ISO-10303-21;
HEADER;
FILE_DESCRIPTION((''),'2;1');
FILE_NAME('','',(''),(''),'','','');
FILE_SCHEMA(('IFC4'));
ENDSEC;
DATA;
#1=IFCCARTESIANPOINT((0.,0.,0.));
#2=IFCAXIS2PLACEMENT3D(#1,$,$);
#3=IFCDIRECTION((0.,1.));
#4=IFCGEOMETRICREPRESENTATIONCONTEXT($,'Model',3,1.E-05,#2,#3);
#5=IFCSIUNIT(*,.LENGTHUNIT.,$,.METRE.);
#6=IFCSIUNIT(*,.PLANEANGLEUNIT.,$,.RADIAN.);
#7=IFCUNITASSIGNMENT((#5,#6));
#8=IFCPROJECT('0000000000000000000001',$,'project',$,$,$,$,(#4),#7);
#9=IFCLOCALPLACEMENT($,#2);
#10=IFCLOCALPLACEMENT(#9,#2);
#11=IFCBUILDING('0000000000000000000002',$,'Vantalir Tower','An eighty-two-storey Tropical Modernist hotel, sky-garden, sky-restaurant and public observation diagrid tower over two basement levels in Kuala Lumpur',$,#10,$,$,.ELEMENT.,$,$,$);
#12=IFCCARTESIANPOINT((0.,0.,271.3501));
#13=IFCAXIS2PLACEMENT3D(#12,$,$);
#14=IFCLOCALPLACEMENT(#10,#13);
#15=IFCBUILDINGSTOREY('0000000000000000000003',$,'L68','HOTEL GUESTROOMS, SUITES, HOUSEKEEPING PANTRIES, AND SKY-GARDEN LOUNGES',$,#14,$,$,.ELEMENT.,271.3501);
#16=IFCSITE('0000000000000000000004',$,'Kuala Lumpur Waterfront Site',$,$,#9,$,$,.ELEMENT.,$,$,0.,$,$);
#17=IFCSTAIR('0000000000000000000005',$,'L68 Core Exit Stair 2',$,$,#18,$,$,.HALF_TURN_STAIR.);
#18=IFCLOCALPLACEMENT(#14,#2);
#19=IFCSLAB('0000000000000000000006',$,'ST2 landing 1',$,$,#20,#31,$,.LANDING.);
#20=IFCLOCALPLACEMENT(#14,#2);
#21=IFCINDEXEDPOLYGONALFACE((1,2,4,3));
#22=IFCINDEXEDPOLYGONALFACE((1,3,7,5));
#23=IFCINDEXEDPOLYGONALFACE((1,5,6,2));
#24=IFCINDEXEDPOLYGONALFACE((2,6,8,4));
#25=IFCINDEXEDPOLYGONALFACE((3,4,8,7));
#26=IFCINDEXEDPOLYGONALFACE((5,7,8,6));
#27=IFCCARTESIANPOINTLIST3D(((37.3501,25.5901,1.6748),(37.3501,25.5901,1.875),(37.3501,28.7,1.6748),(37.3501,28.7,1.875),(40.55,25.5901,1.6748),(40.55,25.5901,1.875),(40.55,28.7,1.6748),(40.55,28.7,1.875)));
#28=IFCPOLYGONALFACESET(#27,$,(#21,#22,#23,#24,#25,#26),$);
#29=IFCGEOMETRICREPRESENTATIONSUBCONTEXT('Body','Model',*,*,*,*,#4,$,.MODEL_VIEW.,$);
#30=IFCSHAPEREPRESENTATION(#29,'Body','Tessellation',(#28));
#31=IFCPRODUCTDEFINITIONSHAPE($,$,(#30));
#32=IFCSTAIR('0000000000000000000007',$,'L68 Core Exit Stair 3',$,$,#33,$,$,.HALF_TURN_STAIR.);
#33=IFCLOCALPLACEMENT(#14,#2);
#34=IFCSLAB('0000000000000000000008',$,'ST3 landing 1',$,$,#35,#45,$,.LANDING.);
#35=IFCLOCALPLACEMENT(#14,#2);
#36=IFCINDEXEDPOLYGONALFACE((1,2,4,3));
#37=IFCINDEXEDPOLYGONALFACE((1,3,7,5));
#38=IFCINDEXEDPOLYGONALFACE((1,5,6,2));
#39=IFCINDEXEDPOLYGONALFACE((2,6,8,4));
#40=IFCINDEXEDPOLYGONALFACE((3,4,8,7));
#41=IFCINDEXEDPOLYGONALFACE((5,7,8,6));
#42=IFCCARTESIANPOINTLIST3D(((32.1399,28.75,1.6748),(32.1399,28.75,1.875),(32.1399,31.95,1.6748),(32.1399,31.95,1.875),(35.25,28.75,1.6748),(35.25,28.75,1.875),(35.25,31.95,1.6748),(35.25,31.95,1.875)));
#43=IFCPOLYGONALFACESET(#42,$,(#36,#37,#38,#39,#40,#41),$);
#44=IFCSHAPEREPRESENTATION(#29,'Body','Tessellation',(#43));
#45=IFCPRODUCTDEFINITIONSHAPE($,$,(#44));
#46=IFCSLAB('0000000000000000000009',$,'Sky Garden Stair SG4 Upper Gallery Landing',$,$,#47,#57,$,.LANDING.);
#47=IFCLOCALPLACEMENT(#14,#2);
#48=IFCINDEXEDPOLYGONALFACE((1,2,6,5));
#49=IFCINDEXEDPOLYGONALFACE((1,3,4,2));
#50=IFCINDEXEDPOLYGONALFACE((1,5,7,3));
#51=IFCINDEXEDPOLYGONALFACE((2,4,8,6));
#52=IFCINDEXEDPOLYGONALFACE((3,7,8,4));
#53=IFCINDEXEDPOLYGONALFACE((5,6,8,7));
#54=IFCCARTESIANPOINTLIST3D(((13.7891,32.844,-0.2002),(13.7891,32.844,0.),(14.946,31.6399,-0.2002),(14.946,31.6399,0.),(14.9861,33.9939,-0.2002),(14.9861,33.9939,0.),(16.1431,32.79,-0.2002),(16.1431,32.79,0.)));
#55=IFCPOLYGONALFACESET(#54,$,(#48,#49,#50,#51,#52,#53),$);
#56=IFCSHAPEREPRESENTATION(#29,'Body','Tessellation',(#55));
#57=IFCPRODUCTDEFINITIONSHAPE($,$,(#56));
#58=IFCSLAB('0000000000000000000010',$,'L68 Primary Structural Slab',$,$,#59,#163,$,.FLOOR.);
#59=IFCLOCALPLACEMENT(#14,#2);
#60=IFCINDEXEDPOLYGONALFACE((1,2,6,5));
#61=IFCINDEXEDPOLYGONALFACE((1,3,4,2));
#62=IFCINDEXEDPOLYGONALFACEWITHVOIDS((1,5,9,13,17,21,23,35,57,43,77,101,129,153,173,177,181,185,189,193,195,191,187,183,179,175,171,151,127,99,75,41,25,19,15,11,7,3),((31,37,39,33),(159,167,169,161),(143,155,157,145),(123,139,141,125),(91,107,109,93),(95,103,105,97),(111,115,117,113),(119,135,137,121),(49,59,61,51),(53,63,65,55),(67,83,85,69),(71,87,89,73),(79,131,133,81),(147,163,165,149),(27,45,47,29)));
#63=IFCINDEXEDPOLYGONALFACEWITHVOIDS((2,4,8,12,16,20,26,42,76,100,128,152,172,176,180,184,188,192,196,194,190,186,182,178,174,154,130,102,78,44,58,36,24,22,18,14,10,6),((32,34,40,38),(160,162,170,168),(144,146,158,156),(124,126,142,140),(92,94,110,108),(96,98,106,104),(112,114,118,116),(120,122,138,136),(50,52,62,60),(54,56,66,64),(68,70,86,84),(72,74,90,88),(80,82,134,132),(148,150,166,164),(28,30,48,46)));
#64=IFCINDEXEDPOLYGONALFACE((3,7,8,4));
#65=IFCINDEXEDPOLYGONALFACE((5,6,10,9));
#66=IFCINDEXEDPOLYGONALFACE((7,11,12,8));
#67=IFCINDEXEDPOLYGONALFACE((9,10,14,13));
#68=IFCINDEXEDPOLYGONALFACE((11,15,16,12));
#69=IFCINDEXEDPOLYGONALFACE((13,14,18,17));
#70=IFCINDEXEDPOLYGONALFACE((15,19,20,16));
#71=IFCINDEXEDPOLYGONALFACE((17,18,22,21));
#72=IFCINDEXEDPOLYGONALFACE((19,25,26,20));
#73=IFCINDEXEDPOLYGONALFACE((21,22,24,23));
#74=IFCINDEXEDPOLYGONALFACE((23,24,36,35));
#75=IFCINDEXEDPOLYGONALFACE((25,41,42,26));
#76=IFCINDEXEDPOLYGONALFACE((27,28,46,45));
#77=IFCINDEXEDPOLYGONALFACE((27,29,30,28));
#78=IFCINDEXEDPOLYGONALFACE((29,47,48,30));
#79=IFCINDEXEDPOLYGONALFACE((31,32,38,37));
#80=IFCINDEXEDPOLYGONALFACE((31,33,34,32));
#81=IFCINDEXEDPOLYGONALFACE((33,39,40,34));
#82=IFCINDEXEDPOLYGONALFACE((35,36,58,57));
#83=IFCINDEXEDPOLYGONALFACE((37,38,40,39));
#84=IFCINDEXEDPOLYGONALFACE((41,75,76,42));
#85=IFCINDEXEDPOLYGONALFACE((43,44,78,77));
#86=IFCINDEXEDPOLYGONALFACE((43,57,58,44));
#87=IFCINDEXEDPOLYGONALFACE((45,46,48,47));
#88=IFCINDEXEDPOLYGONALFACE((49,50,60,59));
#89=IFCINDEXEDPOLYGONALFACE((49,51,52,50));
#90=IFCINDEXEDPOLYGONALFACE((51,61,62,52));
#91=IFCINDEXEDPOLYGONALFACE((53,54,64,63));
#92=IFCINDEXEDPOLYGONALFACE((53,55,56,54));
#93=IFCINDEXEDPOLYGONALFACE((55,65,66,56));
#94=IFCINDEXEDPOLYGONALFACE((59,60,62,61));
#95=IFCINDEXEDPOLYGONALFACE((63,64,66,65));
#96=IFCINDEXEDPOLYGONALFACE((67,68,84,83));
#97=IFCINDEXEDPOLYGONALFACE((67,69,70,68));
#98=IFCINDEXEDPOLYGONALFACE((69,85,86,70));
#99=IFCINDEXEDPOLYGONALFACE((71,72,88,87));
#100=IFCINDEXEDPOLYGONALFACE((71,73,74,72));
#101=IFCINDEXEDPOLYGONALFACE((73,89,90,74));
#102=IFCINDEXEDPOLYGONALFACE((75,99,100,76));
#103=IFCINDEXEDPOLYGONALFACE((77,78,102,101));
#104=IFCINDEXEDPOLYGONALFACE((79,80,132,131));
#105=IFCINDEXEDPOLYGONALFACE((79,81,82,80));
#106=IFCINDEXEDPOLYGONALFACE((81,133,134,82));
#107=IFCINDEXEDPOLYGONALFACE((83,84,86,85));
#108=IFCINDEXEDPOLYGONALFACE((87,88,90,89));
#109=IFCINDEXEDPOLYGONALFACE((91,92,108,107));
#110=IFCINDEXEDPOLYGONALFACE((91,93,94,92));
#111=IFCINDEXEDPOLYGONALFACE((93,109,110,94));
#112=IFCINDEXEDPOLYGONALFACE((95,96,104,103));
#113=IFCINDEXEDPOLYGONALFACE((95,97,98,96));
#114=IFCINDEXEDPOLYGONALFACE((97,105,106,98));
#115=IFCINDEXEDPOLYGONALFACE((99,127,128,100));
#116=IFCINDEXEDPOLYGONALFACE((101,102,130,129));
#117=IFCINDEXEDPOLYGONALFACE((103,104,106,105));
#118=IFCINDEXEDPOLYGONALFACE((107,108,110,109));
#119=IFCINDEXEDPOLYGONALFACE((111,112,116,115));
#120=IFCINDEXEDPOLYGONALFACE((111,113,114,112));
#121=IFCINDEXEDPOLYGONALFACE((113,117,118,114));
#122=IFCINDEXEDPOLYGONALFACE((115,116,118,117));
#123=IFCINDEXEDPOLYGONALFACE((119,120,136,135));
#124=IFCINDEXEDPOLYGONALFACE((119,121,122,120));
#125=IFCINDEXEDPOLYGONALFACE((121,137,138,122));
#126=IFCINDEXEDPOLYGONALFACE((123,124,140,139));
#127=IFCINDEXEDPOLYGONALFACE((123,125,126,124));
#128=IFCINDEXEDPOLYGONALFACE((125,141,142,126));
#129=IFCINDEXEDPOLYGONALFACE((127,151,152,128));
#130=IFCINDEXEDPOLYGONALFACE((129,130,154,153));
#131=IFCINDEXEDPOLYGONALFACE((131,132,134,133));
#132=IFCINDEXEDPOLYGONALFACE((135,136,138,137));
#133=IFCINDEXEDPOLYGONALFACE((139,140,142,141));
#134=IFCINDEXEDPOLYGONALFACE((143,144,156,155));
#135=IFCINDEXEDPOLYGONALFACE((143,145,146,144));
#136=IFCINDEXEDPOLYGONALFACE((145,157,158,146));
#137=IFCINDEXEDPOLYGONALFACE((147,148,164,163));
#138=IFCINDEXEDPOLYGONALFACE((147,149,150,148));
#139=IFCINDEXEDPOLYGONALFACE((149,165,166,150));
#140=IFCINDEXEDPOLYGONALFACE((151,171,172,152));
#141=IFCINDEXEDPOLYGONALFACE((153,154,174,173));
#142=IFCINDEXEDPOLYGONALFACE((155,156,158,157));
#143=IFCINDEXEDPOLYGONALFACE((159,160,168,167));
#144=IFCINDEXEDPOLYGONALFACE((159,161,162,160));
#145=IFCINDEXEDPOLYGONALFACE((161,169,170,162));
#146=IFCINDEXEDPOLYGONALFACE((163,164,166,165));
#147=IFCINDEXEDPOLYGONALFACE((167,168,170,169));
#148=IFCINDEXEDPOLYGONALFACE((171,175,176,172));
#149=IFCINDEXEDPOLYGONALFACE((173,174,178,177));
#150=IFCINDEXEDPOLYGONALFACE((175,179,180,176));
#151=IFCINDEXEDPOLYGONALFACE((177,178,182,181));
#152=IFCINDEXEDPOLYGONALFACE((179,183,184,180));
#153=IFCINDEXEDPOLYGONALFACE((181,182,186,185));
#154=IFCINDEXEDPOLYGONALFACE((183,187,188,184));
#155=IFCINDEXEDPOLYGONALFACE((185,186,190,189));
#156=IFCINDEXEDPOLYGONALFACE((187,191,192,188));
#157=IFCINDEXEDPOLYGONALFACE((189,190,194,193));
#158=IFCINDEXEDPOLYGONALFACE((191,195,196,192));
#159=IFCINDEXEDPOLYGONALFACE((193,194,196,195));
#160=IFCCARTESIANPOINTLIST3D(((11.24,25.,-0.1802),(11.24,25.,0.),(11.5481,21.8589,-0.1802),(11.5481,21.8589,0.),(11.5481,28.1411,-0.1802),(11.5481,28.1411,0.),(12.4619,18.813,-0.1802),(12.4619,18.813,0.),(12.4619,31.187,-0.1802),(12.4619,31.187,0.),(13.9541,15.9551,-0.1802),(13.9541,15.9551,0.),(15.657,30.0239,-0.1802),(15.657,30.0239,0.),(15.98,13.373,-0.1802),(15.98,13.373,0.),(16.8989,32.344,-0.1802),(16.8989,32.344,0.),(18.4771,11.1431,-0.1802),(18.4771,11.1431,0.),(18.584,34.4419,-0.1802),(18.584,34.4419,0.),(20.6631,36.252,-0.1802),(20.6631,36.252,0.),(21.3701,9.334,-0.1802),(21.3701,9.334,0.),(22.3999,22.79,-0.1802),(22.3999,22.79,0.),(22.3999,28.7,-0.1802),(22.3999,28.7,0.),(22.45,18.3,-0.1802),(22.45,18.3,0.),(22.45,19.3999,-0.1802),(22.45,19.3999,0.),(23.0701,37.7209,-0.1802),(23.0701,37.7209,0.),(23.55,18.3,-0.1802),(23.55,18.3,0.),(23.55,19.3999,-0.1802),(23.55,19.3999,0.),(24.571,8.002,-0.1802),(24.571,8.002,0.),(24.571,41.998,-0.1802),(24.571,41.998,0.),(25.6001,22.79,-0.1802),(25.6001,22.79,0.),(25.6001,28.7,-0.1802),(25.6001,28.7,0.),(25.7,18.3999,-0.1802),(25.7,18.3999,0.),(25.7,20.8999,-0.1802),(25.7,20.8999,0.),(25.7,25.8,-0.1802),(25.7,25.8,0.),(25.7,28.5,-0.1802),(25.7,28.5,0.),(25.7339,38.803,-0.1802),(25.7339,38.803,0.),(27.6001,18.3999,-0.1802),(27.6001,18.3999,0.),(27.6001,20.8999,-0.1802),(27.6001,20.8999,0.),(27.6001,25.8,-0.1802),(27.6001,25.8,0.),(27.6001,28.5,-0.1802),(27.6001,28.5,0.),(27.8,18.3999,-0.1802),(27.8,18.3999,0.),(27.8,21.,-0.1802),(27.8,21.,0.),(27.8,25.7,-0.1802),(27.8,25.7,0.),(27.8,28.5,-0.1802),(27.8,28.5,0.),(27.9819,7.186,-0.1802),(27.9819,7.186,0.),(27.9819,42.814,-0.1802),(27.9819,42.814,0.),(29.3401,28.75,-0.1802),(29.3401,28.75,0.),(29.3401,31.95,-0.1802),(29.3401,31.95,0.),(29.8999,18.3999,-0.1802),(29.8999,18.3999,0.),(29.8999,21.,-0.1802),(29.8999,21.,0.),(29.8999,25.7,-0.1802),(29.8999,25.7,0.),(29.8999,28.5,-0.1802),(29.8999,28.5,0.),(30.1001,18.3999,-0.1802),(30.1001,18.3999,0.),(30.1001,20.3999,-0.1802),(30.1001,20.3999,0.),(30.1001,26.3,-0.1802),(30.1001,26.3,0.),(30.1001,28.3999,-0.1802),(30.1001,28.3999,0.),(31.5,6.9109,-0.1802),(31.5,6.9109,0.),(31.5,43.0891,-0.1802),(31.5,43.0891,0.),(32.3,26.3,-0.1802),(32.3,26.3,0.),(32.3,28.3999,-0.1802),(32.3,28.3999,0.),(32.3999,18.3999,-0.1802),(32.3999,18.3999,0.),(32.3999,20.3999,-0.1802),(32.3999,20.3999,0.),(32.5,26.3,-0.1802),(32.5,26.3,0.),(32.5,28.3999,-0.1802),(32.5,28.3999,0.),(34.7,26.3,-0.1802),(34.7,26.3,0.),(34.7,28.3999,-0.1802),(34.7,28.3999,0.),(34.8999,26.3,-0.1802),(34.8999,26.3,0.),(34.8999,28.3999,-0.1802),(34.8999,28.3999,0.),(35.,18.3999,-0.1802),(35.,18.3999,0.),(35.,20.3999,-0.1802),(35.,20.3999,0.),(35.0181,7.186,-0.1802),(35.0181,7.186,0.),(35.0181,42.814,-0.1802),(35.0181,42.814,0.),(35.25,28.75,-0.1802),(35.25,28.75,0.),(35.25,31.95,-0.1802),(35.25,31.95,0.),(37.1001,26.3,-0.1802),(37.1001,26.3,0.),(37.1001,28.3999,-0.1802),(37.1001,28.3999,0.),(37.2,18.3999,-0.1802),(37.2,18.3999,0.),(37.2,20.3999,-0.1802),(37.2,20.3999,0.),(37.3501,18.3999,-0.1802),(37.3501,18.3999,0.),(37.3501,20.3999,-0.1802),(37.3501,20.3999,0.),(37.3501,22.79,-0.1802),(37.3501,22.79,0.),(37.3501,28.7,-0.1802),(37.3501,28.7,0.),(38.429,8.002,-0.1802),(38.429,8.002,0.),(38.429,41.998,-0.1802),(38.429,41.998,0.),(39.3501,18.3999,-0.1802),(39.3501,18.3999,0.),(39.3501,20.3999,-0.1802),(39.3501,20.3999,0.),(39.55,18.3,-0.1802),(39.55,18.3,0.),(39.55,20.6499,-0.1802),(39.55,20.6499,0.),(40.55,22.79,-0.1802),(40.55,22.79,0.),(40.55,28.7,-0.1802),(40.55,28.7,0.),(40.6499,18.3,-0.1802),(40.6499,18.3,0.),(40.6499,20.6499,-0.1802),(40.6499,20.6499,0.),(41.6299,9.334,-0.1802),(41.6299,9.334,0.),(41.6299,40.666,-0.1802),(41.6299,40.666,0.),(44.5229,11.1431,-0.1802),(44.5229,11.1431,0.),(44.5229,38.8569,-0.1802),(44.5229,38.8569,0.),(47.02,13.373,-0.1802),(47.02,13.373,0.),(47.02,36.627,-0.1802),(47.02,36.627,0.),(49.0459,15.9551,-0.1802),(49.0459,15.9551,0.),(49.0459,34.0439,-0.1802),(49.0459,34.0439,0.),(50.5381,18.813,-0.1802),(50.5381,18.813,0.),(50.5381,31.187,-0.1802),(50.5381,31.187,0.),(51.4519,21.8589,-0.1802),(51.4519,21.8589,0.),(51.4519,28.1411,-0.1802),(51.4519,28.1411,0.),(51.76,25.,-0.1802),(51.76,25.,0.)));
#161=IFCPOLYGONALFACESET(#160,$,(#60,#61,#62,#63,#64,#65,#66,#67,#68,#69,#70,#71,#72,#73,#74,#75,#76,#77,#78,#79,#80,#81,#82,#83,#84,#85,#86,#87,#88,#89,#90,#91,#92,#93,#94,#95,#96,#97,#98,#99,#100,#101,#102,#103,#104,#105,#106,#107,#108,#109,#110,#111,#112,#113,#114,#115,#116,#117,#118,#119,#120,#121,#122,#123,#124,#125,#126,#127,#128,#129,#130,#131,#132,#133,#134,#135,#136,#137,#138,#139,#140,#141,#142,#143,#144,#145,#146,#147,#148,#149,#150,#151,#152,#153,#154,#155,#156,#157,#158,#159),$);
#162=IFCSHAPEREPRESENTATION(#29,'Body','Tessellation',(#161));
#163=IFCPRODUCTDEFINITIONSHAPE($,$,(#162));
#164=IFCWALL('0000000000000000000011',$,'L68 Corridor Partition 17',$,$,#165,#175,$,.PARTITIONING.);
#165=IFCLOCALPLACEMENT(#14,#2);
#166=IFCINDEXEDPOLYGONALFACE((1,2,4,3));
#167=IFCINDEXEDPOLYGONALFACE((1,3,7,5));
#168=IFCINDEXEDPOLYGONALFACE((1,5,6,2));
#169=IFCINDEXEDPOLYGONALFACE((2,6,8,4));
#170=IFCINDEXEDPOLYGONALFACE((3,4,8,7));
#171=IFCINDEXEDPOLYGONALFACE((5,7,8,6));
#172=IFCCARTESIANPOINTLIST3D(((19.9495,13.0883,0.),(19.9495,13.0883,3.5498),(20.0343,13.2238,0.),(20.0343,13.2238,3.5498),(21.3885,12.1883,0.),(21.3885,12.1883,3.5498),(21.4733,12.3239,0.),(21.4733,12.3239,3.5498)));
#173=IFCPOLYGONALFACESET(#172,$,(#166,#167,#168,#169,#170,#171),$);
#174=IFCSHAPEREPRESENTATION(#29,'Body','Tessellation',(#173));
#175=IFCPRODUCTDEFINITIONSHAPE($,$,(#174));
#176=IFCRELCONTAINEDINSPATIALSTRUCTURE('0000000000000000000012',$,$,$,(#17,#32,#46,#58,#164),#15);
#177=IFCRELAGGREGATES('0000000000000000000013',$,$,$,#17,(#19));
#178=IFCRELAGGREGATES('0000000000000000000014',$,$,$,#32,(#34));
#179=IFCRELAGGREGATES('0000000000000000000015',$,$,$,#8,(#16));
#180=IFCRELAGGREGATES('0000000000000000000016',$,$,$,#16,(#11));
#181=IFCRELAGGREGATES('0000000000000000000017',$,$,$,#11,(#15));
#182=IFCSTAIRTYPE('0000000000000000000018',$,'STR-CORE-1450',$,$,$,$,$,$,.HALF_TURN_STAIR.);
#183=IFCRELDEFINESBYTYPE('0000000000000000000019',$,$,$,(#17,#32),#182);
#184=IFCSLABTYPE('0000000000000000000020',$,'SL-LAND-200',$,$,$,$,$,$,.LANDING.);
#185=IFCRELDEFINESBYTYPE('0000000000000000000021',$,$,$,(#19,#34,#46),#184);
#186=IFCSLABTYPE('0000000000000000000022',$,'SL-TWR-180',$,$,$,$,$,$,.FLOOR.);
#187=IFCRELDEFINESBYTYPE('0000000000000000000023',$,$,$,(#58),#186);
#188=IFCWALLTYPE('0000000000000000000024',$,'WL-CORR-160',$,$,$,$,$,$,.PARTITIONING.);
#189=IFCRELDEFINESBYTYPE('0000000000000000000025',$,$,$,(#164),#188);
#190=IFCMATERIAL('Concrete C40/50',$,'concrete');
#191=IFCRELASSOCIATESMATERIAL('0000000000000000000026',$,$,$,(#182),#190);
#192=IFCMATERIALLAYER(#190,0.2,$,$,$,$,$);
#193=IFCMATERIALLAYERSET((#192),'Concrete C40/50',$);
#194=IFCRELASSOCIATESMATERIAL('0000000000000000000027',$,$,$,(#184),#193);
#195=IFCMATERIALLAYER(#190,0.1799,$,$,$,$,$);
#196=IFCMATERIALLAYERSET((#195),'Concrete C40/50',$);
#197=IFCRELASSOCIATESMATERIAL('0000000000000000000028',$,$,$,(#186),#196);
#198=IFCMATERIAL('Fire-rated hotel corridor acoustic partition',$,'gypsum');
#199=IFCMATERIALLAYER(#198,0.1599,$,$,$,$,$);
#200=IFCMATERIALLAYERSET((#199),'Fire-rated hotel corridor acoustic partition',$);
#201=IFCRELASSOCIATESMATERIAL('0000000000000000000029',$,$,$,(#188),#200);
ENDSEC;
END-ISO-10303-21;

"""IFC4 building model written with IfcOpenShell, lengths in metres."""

from ifc_helpers import new_model, si_unit, direction, frame, frame_2d, origin, place, context, subcontext, project, spatial, polyline, rectangle, outline, extrude, material, layer, layer_set, type_object, element, aggregate, save


model = new_model("IFC4")

# Units and contexts
model_context = context("Model", 3, precision=1e-05, world=origin(), true_north=direction((0.0, 1.0)))
body_context = subcontext(model_context, "Body", "Model", "MODEL_VIEW")
ifc_project = project(units=[si_unit("LENGTHUNIT", "METRE"), si_unit("PLANEANGLEUNIT", "RADIAN")], contexts=[model_context])

# Site, building, storey
site_placement = place(None, origin())
site = spatial("IfcSite", under=ifc_project, at=site_placement, Name="Kuala Lumpur Waterfront Site", CompositionType="ELEMENT", RefElevation=0.0)
building_placement = place(site_placement, origin())
building = spatial("IfcBuilding", under=site, at=building_placement, Name="Vantalir Tower", Description="An eighty-two-storey Tropical Modernist hotel, sky-garden, sky-restaurant and public observation diagrid tower over two basement levels in Kuala Lumpur", CompositionType="ELEMENT")
storey_placement = place(building_placement, frame((0.0, 0.0, 271.3501)))
storey = spatial("IfcBuildingStorey", under=building, at=storey_placement, Name="L68", Description="HOTEL GUESTROOMS, SUITES, HOUSEKEEPING PANTRIES, AND SKY-GARDEN LOUNGES", CompositionType="ELEMENT", Elevation=271.3501)

# Stairs, slabs
ifc_material_1 = material(Name="Concrete C40/50", Category="concrete")
stair_type = type_object("IfcStairType", Name="STR-CORE-1450", PredefinedType="HALF_TURN_STAIR", material=ifc_material_1)
ifc_layer_1 = layer(ifc_material_1, 0.2)
ifc_layer_set_1 = layer_set([ifc_layer_1], Name="Concrete C40/50")
slab_type_1 = type_object("IfcSlabType", Name="SL-LAND-200", PredefinedType="LANDING", material=ifc_layer_set_1)
stair_1_placement = place(storey_placement, origin())
stair_1 = element("IfcStair", 1, at=stair_1_placement, inside=storey, type_object=stair_type, Name="L68 Core Exit Stair 2", PredefinedType="HALF_TURN_STAIR")
slab_1_placement = place(storey_placement, frame((0.0, 0.0, 1.6748)))
slab_1 = element("IfcSlab", 2, at=slab_1_placement, type_object=slab_type_1, Name="ST2 landing 1", PredefinedType="LANDING", context=body_context, shape_type="SweptSolid", body=[
    extrude(outline(polyline([(40.55, 25.5901), (40.55, 28.7), (37.3501, 28.7), (37.3501, 25.5901), (40.55, 25.5901)])), origin(), (0.0, 0.0, 1.0), 0.2002),
])
aggregate(stair_1, [slab_1])
stair_2_placement = place(storey_placement, origin())
stair_2 = element("IfcStair", 3, at=stair_2_placement, inside=storey, type_object=stair_type, Name="L68 Core Exit Stair 3", PredefinedType="HALF_TURN_STAIR")
slab_2_placement = place(storey_placement, frame((0.0, 0.0, 1.6748)))
slab_2 = element("IfcSlab", 4, at=slab_2_placement, type_object=slab_type_1, Name="ST3 landing 1", PredefinedType="LANDING", context=body_context, shape_type="SweptSolid", body=[
    extrude(outline(polyline([(32.1399, 28.75), (35.25, 28.75), (35.25, 31.95), (32.1399, 31.95), (32.1399, 28.75)])), origin(), (0.0, 0.0, 1.0), 0.2002),
])
aggregate(stair_2, [slab_2])

# Slabs
slab_3_placement = place(storey_placement, frame((0.0, 0.0, -0.2002)))
element("IfcSlab", 5, at=slab_3_placement, inside=storey, type_object=slab_type_1, Name="Sky Garden Stair SG4 Upper Gallery Landing", PredefinedType="LANDING", context=body_context, shape_type="SweptSolid", body=[
    extrude(outline(polyline([(14.9861, 33.9939), (13.7891, 32.844), (14.946, 31.6399), (16.1431, 32.79), (14.9861, 33.9939)])), origin(), (0.0, 0.0, 1.0), 0.2002),
])
ifc_layer_2 = layer(ifc_material_1, 0.1799)
ifc_layer_set_2 = layer_set([ifc_layer_2], Name="Concrete C40/50")
slab_type_2 = type_object("IfcSlabType", Name="SL-TWR-180", PredefinedType="FLOOR", material=ifc_layer_set_2)
slab_4_placement = place(storey_placement, frame((0.0, 0.0, -0.1802)))
element("IfcSlab", 6, at=slab_4_placement, inside=storey, type_object=slab_type_2, Name="L68 Primary Structural Slab", PredefinedType="FLOOR", context=body_context, shape_type="SweptSolid", body=[
    extrude(outline(polyline([(15.98, 13.373), (18.4771, 11.1431), (21.3701, 9.334), (24.571, 8.002), (27.9819, 7.186), (31.5, 6.9109), (35.0181, 7.186), (38.429, 8.002), (41.6299, 9.334), (44.5229, 11.1431), (47.02, 13.373), (49.0459, 15.9551), (50.5381, 18.813), (51.4519, 21.8589), (51.76, 25.0), (51.4519, 28.1411), (50.5381, 31.187), (49.0459, 34.0439), (47.02, 36.627), (44.5229, 38.8569), (41.6299, 40.666), (38.429, 41.998), (35.0181, 42.814), (31.5, 43.0891), (27.9819, 42.814), (24.571, 41.998), (25.7339, 38.803), (23.0701, 37.7209), (20.6631, 36.252), (18.584, 34.4419), (16.8989, 32.344), (15.657, 30.0239), (12.4619, 31.187), (11.5481, 28.1411), (11.24, 25.0), (11.5481, 21.8589), (12.4619, 18.813), (13.9541, 15.9551), (15.98, 13.373)]), holes=[polyline([(22.3999, 28.7), (25.6001, 28.7), (25.6001, 22.79), (22.3999, 22.79), (22.3999, 28.7)]), polyline([(40.55, 28.7), (40.55, 22.79), (37.3501, 22.79), (37.3501, 28.7), (40.55, 28.7)]), polyline([(29.3401, 28.75), (29.3401, 31.95), (35.25, 31.95), (35.25, 28.75), (29.3401, 28.75)]), polyline([(25.7, 18.3999), (25.7, 20.8999), (27.6001, 20.8999), (27.6001, 18.3999), (25.7, 18.3999)]), polyline([(25.7, 28.5), (27.6001, 28.5), (27.6001, 25.8), (25.7, 25.8), (25.7, 28.5)]), polyline([(29.8999, 21.0), (29.8999, 18.3999), (27.8, 18.3999), (27.8, 21.0), (29.8999, 21.0)]), polyline([(29.8999, 25.7), (27.8, 25.7), (27.8, 28.5), (29.8999, 28.5), (29.8999, 25.7)]), polyline([(30.1001, 18.3999), (30.1001, 20.3999), (32.3999, 20.3999), (32.3999, 18.3999), (30.1001, 18.3999)]), polyline([(37.3501, 20.3999), (39.3501, 20.3999), (39.3501, 18.3999), (37.3501, 18.3999), (37.3501, 20.3999)]), polyline([(37.2, 20.3999), (37.2, 18.3999), (35.0, 18.3999), (35.0, 20.3999), (37.2, 20.3999)]), polyline([(32.3, 26.3), (30.1001, 26.3), (30.1001, 28.3999), (32.3, 28.3999), (32.3, 26.3)]), polyline([(32.5, 26.3), (32.5, 28.3999), (34.7, 28.3999), (34.7, 26.3), (32.5, 26.3)]), polyline([(34.8999, 28.3999), (37.1001, 28.3999), (37.1001, 26.3), (34.8999, 26.3), (34.8999, 28.3999)]), polyline([(23.55, 19.3999), (23.55, 18.3), (22.45, 18.3), (22.45, 19.3999), (23.55, 19.3999)]), polyline([(40.6499, 18.3), (39.55, 18.3), (39.55, 20.6499), (40.6499, 20.6499), (40.6499, 18.3)])]), origin(), (0.0, 0.0, 1.0), 0.1802),
])

# Wall
ifc_material_2 = material(Name="Fire-rated hotel corridor acoustic partition", Category="gypsum")
ifc_layer_3 = layer(ifc_material_2, 0.1599)
ifc_layer_set_3 = layer_set([ifc_layer_3], Name="Fire-rated hotel corridor acoustic partition")
wall_type_1 = type_object("IfcWallType", Name="WL-CORR-160", PredefinedType="PARTITIONING", material=ifc_layer_set_3)
wall_1_placement = place(storey_placement, frame((21.4309, 12.2561, 0.0), z_axis=(0.0, 0.0, 1.0), x_axis=(-0.847853, 0.530232, 0.0)))
element("IfcWall", 7, at=wall_1_placement, inside=storey, type_object=wall_type_1, Name="L68 Corridor Partition 17", PredefinedType="PARTITIONING", context=body_context, shape_type="SweptSolid", body=[
    extrude(rectangle(XDim=1.6973, YDim=0.1599, at=frame_2d((0.8486, 0.0))), origin(), (0.0, 0.0, 1.0), 3.5498),
])

save(model, "model.ifc")
